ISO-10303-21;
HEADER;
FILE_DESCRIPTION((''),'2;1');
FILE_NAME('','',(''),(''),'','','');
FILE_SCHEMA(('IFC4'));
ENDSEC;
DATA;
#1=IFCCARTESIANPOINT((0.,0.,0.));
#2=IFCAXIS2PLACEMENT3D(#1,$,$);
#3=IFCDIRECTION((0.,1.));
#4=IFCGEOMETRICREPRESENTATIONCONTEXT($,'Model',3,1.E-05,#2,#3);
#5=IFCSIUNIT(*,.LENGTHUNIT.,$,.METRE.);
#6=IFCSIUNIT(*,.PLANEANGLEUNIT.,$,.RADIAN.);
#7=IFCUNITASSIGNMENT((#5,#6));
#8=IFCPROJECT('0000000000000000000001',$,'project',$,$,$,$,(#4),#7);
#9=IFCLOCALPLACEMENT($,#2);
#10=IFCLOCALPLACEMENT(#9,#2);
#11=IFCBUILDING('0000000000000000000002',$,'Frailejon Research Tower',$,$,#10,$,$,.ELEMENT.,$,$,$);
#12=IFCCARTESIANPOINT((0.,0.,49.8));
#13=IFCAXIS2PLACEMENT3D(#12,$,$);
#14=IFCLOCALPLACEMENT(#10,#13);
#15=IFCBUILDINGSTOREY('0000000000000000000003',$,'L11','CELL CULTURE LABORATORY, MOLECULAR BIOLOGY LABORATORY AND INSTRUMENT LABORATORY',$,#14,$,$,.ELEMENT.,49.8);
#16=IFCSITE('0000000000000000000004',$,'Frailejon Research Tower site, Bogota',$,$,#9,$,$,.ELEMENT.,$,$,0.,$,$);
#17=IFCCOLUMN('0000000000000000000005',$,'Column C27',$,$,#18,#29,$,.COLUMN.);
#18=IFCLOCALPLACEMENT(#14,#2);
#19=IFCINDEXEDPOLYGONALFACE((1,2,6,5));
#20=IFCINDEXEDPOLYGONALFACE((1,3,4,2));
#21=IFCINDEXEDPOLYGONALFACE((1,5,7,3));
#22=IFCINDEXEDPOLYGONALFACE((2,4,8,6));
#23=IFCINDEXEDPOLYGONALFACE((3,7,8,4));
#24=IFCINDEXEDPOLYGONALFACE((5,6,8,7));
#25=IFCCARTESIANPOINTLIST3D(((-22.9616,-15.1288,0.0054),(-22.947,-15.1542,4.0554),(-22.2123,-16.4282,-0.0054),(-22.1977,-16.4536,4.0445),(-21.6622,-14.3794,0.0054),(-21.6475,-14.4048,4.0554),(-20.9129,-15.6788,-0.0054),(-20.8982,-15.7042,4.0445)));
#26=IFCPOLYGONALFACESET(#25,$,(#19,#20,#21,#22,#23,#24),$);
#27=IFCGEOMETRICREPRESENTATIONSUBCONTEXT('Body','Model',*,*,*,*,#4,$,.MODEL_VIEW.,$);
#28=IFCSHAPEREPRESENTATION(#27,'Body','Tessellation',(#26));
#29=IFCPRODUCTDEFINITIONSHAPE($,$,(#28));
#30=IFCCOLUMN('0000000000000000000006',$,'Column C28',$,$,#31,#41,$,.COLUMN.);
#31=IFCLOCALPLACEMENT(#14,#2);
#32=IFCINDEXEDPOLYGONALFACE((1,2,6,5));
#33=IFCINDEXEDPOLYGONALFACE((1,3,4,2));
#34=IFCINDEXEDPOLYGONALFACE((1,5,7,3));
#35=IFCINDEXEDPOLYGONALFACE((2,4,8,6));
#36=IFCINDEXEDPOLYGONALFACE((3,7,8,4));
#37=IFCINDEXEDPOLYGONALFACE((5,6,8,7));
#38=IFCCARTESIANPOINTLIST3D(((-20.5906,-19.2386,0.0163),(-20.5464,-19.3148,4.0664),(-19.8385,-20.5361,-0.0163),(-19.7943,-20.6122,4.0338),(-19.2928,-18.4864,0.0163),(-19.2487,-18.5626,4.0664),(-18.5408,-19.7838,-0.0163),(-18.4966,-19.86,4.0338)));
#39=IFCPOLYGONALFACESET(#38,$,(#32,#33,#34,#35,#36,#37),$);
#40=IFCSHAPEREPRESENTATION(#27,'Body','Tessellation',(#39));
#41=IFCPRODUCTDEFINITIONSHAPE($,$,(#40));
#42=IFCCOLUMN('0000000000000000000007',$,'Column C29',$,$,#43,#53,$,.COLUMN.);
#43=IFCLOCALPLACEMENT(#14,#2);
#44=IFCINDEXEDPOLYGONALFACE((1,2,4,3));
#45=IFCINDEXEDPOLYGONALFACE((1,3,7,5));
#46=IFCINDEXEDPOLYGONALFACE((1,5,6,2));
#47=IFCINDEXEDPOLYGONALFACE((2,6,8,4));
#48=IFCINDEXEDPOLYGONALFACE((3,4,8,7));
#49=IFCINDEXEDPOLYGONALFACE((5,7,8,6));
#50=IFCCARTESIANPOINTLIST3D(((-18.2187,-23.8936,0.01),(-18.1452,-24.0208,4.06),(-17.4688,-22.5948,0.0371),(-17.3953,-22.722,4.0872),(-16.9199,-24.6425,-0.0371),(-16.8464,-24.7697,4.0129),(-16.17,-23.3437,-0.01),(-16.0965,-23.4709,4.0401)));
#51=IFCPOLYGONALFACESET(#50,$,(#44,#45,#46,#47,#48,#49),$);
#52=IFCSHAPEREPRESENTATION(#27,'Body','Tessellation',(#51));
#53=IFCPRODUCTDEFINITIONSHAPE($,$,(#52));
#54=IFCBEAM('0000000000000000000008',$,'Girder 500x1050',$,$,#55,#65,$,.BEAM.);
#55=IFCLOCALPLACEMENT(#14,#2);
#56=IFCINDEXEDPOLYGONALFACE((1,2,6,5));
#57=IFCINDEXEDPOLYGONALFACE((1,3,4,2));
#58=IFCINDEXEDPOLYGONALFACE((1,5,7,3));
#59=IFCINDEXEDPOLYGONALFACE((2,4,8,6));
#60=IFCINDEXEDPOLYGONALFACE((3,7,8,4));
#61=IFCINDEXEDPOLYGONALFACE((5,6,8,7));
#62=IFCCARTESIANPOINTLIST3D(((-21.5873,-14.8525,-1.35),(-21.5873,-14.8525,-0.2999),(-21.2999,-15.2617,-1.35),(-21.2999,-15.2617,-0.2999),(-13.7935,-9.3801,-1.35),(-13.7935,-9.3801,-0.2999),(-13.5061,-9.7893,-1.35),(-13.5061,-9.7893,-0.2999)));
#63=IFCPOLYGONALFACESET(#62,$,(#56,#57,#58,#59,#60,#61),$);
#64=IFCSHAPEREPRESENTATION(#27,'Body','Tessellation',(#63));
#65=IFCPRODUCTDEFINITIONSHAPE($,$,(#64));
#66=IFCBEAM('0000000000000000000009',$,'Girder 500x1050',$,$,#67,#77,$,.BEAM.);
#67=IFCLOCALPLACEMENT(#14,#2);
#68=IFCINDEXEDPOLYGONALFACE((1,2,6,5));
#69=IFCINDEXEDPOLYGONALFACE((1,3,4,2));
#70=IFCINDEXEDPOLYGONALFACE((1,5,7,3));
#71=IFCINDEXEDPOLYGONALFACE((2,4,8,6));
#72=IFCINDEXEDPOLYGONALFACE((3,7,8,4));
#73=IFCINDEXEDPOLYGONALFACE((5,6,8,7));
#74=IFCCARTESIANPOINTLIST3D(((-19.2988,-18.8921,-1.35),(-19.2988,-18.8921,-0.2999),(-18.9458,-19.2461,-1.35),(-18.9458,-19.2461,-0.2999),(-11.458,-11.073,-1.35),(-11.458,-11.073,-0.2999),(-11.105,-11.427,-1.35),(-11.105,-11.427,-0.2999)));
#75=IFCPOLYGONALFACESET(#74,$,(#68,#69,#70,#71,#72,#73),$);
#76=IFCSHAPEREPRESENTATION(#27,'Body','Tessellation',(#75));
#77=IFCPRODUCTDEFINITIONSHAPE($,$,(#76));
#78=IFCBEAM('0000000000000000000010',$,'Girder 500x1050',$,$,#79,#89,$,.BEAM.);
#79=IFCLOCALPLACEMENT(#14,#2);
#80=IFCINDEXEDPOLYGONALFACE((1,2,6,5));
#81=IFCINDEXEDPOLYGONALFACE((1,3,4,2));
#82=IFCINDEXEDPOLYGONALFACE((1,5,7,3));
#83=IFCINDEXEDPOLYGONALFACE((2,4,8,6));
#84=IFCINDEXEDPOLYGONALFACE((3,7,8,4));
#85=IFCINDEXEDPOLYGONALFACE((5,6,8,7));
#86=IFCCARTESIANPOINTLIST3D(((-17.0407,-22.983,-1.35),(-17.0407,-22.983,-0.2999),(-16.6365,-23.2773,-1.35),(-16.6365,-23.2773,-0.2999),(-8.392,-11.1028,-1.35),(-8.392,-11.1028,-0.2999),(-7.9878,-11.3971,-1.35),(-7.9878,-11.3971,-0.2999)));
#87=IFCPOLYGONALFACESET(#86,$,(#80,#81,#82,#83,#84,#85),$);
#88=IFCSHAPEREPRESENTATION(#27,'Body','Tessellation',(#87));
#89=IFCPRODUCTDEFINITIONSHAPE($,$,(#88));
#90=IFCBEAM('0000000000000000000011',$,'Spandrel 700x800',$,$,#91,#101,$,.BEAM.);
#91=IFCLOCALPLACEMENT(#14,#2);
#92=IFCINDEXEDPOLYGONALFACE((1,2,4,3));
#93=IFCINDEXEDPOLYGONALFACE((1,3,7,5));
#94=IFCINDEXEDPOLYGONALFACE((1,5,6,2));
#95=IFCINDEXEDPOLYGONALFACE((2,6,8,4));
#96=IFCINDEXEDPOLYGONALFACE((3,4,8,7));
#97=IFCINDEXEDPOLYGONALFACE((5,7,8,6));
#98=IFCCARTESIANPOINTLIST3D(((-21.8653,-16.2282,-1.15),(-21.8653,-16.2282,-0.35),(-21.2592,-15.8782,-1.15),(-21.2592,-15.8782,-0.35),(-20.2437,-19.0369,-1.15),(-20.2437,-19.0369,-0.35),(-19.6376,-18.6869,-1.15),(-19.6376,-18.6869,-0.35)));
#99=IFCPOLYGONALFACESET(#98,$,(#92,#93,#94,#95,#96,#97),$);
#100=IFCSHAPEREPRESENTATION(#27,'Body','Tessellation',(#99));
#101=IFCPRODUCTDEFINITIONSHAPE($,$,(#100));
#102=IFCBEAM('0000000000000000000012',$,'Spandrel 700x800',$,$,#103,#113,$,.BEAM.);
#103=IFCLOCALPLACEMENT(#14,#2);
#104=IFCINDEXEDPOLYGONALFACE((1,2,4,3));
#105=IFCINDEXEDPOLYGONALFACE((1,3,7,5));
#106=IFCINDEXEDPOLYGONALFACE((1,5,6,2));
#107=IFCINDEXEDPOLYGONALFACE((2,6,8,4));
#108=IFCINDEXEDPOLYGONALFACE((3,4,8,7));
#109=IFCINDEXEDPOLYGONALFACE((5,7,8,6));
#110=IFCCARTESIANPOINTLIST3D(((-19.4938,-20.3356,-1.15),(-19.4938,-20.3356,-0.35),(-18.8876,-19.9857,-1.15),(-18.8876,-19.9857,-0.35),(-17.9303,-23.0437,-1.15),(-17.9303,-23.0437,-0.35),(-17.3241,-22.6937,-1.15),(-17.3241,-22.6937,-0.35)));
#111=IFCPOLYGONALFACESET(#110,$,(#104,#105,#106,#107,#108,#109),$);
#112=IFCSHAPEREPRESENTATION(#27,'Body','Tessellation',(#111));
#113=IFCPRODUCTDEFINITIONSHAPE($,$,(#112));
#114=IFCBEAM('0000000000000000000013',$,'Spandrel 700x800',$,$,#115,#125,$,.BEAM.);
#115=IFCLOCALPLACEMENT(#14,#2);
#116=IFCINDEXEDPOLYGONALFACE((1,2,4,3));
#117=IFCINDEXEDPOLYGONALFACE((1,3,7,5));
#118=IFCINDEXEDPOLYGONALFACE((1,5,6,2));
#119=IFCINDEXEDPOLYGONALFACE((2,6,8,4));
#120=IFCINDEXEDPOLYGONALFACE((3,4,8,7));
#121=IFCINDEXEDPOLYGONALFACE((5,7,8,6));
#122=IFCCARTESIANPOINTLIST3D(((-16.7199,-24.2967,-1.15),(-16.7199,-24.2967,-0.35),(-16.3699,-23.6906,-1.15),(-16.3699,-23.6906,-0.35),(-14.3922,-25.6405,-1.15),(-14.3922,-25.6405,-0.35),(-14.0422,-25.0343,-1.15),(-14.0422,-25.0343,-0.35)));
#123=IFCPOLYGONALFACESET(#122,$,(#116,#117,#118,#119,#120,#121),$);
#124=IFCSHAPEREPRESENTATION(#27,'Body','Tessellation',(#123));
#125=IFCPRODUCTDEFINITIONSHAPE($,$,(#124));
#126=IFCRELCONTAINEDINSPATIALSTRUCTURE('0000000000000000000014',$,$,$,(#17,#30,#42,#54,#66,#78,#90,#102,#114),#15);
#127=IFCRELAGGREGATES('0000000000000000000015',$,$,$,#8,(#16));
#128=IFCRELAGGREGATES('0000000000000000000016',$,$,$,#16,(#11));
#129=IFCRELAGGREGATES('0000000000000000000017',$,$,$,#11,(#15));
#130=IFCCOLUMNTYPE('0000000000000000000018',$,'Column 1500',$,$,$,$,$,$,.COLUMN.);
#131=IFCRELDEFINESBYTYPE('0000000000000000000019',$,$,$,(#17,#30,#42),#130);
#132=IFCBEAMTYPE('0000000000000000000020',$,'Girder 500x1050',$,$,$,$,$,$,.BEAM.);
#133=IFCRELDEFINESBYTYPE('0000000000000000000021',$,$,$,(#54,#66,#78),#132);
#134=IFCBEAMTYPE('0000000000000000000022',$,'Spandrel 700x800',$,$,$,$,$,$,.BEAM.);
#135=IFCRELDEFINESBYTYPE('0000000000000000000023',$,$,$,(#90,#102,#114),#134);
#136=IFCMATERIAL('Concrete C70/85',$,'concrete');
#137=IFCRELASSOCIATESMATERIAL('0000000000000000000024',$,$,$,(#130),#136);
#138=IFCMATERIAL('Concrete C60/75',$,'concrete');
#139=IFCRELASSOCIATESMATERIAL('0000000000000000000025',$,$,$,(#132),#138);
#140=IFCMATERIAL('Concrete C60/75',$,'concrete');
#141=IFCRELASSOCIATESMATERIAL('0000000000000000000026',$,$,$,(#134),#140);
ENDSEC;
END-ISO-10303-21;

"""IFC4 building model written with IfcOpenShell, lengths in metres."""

from ifc_helpers import new_model, si_unit, direction, frame, origin, origin_2d, place, context, subcontext, project, spatial, rectangle, extrude, material, material_profile, profile_set, type_object, element, save


model = new_model("IFC4")

# Units and contexts
model_context = context("Model", 3, precision=1e-05, world=origin(), true_north=direction((0.0, 1.0)))
body_context = subcontext(model_context, "Body", "Model", "MODEL_VIEW")
ifc_project = project(units=[si_unit("LENGTHUNIT", "METRE"), si_unit("PLANEANGLEUNIT", "RADIAN")], contexts=[model_context])

# Site, building, storey
site_placement = place(None, origin())
site = spatial("IfcSite", under=ifc_project, at=site_placement, Name="Frailejon Research Tower site, Bogota", CompositionType="ELEMENT", RefElevation=0.0)
building_placement = place(site_placement, origin())
building = spatial("IfcBuilding", under=site, at=building_placement, Name="Frailejon Research Tower", CompositionType="ELEMENT")
storey_placement = place(building_placement, frame((0.0, 0.0, 49.8)))
storey = spatial("IfcBuildingStorey", under=building, at=storey_placement, Name="L11", Description="CELL CULTURE LABORATORY, MOLECULAR BIOLOGY LABORATORY AND INSTRUMENT LABORATORY", CompositionType="ELEMENT", Elevation=49.8)

# Columns
ifc_material_1 = material(Name="Concrete C70/85", Category="concrete")
ifc_material_profile_1 = material_profile(ifc_material_1, rectangle(XDim=1.5, YDim=1.5, at=origin_2d()), Name="Column 1500")
ifc_profile_set_1 = profile_set([ifc_material_profile_1], Name="Concrete C70/85")
column_type = type_object("IfcColumnType", Name="Column 1500", PredefinedType="COLUMN", material=ifc_profile_set_1)
column_1_placement = place(storey_placement, frame((-21.9373, -15.4038, 0.0), z_axis=(0.003617, -0.006269, 0.999974), x_axis=(0.499536, -0.866263, -0.007238)))
element("IfcColumn", 1, at=column_1_placement, inside=storey, type_object=column_type, Name="Column C27", PredefinedType="COLUMN", context=body_context, shape_type="SweptSolid", body=[
    extrude(rectangle(XDim=1.5, YDim=1.5, at=origin_2d()), origin(), (0.0, 0.0, 1.0), 4.05),
])
column_2_placement = place(storey_placement, frame((-19.5657, -19.5112, 0.0), z_axis=(0.010908, -0.018803, 0.999764), x_axis=(0.501388, -0.864949, -0.021738)))
element("IfcColumn", 2, at=column_2_placement, inside=storey, type_object=column_type, Name="Column C28", PredefinedType="COLUMN", context=body_context, shape_type="SweptSolid", body=[
    extrude(rectangle(XDim=1.5, YDim=1.5, at=origin_2d()), origin(), (0.0, 0.0, 1.0), 4.051),
])
column_3_placement = place(storey_placement, frame((-17.1943, -23.6187, 0.0), z_axis=(0.018133, -0.031386, 0.999343), x_axis=(0.865885, -0.499257, -0.031391)))
element("IfcColumn", 3, at=column_3_placement, inside=storey, type_object=column_type, Name="Column C29", PredefinedType="COLUMN", context=body_context, shape_type="SweptSolid", body=[
    extrude(rectangle(XDim=1.5, YDim=1.5, at=origin_2d()), origin(), (0.0, 0.0, 1.0), 4.0527),
])

# Beams
ifc_material_2 = material(Name="Concrete C60/75", Category="concrete")
ifc_material_profile_2 = material_profile(ifc_material_2, rectangle(XDim=0.5, YDim=1.05, at=origin_2d()), Name="Girder 500x1050")
ifc_profile_set_2 = profile_set([ifc_material_profile_2], Name="Concrete C60/75")
beam_type_1 = type_object("IfcBeamType", Name="Girder 500x1050", PredefinedType="BEAM", material=ifc_profile_set_2)
beam_1_placement = place(storey_placement, frame((-21.4436, -15.0571, -0.825), z_axis=(0.818401, 0.574647, 0.0), x_axis=(-0.574647, 0.818401, 0.0)))
element("IfcBeam", 4, at=beam_1_placement, inside=storey, type_object=beam_type_1, Name="Girder 500x1050", PredefinedType="BEAM", context=body_context, shape_type="SweptSolid", body=[
    extrude(rectangle(XDim=0.5, YDim=1.05, at=origin_2d()), origin(), (0.0, 0.0, 1.0), 9.5232),
])
beam_2_placement = place(storey_placement, frame((-19.1223, -19.0691, -0.825), z_axis=(0.708087, 0.706125, 0.0), x_axis=(-0.706125, 0.708087, 0.0)))
element("IfcBeam", 5, at=beam_2_placement, inside=storey, type_object=beam_type_1, Name="Girder 500x1050", PredefinedType="BEAM", context=body_context, shape_type="SweptSolid", body=[
    extrude(rectangle(XDim=0.5, YDim=1.05, at=origin_2d()), origin(), (0.0, 0.0, 1.0), 11.0732),
])
beam_3_placement = place(storey_placement, frame((-16.8386, -23.1301, -0.825), z_axis=(0.588554, 0.808458, 0.0), x_axis=(-0.808458, 0.588554, 0.0)))
element("IfcBeam", 6, at=beam_3_placement, inside=storey, type_object=beam_type_1, Name="Girder 500x1050", PredefinedType="BEAM", context=body_context, shape_type="SweptSolid", body=[
    extrude(rectangle(XDim=0.5, YDim=1.05, at=origin_2d()), origin(), (0.0, 0.0, 1.0), 14.6948),
])
ifc_material_3 = material(Name="Concrete C60/75", Category="concrete")
ifc_material_profile_3 = material_profile(ifc_material_3, rectangle(XDim=0.7, YDim=0.8, at=origin_2d()), Name="Spandrel 700x800")
ifc_profile_set_3 = profile_set([ifc_material_profile_3], Name="Concrete C60/75")
beam_type_2 = type_object("IfcBeamType", Name="Spandrel 700x800", PredefinedType="BEAM", material=ifc_profile_set_3)
beam_4_placement = place(storey_placement, frame((-21.5623, -16.0532, -0.75), z_axis=(0.500009, -0.86602, 0.0), x_axis=(0.86602, 0.500009, 0.0)))
element("IfcBeam", 7, at=beam_4_placement, inside=storey, type_object=beam_type_2, Name="Spandrel 700x800", PredefinedType="BEAM", context=body_context, shape_type="SweptSolid", body=[
    extrude(rectangle(XDim=0.7, YDim=0.8, at=origin_2d()), origin(), (0.0, 0.0, 1.0), 3.2432),
])
beam_5_placement = place(storey_placement, frame((-19.1907, -20.1606, -0.75), z_axis=(0.500002, -0.866024, 0.0), x_axis=(0.866024, 0.500002, 0.0)))
element("IfcBeam", 8, at=beam_5_placement, inside=storey, type_object=beam_type_2, Name="Spandrel 700x800", PredefinedType="BEAM", context=body_context, shape_type="SweptSolid", body=[
    extrude(rectangle(XDim=0.7, YDim=0.8, at=origin_2d()), origin(), (0.0, 0.0, 1.0), 3.127),
])
beam_6_placement = place(storey_placement, frame((-16.5449, -23.9937, -0.75), z_axis=(0.866043, -0.499969, 0.0), x_axis=(0.499969, 0.866043, 0.0)))
element("IfcBeam", 9, at=beam_6_placement, inside=storey, type_object=beam_type_2, Name="Spandrel 700x800", PredefinedType="BEAM", context=body_context, shape_type="SweptSolid", body=[
    extrude(rectangle(XDim=0.7, YDim=0.8, at=origin_2d()), origin(), (0.0, 0.0, 1.0), 2.6877),
])

save(model, "model.ifc")
